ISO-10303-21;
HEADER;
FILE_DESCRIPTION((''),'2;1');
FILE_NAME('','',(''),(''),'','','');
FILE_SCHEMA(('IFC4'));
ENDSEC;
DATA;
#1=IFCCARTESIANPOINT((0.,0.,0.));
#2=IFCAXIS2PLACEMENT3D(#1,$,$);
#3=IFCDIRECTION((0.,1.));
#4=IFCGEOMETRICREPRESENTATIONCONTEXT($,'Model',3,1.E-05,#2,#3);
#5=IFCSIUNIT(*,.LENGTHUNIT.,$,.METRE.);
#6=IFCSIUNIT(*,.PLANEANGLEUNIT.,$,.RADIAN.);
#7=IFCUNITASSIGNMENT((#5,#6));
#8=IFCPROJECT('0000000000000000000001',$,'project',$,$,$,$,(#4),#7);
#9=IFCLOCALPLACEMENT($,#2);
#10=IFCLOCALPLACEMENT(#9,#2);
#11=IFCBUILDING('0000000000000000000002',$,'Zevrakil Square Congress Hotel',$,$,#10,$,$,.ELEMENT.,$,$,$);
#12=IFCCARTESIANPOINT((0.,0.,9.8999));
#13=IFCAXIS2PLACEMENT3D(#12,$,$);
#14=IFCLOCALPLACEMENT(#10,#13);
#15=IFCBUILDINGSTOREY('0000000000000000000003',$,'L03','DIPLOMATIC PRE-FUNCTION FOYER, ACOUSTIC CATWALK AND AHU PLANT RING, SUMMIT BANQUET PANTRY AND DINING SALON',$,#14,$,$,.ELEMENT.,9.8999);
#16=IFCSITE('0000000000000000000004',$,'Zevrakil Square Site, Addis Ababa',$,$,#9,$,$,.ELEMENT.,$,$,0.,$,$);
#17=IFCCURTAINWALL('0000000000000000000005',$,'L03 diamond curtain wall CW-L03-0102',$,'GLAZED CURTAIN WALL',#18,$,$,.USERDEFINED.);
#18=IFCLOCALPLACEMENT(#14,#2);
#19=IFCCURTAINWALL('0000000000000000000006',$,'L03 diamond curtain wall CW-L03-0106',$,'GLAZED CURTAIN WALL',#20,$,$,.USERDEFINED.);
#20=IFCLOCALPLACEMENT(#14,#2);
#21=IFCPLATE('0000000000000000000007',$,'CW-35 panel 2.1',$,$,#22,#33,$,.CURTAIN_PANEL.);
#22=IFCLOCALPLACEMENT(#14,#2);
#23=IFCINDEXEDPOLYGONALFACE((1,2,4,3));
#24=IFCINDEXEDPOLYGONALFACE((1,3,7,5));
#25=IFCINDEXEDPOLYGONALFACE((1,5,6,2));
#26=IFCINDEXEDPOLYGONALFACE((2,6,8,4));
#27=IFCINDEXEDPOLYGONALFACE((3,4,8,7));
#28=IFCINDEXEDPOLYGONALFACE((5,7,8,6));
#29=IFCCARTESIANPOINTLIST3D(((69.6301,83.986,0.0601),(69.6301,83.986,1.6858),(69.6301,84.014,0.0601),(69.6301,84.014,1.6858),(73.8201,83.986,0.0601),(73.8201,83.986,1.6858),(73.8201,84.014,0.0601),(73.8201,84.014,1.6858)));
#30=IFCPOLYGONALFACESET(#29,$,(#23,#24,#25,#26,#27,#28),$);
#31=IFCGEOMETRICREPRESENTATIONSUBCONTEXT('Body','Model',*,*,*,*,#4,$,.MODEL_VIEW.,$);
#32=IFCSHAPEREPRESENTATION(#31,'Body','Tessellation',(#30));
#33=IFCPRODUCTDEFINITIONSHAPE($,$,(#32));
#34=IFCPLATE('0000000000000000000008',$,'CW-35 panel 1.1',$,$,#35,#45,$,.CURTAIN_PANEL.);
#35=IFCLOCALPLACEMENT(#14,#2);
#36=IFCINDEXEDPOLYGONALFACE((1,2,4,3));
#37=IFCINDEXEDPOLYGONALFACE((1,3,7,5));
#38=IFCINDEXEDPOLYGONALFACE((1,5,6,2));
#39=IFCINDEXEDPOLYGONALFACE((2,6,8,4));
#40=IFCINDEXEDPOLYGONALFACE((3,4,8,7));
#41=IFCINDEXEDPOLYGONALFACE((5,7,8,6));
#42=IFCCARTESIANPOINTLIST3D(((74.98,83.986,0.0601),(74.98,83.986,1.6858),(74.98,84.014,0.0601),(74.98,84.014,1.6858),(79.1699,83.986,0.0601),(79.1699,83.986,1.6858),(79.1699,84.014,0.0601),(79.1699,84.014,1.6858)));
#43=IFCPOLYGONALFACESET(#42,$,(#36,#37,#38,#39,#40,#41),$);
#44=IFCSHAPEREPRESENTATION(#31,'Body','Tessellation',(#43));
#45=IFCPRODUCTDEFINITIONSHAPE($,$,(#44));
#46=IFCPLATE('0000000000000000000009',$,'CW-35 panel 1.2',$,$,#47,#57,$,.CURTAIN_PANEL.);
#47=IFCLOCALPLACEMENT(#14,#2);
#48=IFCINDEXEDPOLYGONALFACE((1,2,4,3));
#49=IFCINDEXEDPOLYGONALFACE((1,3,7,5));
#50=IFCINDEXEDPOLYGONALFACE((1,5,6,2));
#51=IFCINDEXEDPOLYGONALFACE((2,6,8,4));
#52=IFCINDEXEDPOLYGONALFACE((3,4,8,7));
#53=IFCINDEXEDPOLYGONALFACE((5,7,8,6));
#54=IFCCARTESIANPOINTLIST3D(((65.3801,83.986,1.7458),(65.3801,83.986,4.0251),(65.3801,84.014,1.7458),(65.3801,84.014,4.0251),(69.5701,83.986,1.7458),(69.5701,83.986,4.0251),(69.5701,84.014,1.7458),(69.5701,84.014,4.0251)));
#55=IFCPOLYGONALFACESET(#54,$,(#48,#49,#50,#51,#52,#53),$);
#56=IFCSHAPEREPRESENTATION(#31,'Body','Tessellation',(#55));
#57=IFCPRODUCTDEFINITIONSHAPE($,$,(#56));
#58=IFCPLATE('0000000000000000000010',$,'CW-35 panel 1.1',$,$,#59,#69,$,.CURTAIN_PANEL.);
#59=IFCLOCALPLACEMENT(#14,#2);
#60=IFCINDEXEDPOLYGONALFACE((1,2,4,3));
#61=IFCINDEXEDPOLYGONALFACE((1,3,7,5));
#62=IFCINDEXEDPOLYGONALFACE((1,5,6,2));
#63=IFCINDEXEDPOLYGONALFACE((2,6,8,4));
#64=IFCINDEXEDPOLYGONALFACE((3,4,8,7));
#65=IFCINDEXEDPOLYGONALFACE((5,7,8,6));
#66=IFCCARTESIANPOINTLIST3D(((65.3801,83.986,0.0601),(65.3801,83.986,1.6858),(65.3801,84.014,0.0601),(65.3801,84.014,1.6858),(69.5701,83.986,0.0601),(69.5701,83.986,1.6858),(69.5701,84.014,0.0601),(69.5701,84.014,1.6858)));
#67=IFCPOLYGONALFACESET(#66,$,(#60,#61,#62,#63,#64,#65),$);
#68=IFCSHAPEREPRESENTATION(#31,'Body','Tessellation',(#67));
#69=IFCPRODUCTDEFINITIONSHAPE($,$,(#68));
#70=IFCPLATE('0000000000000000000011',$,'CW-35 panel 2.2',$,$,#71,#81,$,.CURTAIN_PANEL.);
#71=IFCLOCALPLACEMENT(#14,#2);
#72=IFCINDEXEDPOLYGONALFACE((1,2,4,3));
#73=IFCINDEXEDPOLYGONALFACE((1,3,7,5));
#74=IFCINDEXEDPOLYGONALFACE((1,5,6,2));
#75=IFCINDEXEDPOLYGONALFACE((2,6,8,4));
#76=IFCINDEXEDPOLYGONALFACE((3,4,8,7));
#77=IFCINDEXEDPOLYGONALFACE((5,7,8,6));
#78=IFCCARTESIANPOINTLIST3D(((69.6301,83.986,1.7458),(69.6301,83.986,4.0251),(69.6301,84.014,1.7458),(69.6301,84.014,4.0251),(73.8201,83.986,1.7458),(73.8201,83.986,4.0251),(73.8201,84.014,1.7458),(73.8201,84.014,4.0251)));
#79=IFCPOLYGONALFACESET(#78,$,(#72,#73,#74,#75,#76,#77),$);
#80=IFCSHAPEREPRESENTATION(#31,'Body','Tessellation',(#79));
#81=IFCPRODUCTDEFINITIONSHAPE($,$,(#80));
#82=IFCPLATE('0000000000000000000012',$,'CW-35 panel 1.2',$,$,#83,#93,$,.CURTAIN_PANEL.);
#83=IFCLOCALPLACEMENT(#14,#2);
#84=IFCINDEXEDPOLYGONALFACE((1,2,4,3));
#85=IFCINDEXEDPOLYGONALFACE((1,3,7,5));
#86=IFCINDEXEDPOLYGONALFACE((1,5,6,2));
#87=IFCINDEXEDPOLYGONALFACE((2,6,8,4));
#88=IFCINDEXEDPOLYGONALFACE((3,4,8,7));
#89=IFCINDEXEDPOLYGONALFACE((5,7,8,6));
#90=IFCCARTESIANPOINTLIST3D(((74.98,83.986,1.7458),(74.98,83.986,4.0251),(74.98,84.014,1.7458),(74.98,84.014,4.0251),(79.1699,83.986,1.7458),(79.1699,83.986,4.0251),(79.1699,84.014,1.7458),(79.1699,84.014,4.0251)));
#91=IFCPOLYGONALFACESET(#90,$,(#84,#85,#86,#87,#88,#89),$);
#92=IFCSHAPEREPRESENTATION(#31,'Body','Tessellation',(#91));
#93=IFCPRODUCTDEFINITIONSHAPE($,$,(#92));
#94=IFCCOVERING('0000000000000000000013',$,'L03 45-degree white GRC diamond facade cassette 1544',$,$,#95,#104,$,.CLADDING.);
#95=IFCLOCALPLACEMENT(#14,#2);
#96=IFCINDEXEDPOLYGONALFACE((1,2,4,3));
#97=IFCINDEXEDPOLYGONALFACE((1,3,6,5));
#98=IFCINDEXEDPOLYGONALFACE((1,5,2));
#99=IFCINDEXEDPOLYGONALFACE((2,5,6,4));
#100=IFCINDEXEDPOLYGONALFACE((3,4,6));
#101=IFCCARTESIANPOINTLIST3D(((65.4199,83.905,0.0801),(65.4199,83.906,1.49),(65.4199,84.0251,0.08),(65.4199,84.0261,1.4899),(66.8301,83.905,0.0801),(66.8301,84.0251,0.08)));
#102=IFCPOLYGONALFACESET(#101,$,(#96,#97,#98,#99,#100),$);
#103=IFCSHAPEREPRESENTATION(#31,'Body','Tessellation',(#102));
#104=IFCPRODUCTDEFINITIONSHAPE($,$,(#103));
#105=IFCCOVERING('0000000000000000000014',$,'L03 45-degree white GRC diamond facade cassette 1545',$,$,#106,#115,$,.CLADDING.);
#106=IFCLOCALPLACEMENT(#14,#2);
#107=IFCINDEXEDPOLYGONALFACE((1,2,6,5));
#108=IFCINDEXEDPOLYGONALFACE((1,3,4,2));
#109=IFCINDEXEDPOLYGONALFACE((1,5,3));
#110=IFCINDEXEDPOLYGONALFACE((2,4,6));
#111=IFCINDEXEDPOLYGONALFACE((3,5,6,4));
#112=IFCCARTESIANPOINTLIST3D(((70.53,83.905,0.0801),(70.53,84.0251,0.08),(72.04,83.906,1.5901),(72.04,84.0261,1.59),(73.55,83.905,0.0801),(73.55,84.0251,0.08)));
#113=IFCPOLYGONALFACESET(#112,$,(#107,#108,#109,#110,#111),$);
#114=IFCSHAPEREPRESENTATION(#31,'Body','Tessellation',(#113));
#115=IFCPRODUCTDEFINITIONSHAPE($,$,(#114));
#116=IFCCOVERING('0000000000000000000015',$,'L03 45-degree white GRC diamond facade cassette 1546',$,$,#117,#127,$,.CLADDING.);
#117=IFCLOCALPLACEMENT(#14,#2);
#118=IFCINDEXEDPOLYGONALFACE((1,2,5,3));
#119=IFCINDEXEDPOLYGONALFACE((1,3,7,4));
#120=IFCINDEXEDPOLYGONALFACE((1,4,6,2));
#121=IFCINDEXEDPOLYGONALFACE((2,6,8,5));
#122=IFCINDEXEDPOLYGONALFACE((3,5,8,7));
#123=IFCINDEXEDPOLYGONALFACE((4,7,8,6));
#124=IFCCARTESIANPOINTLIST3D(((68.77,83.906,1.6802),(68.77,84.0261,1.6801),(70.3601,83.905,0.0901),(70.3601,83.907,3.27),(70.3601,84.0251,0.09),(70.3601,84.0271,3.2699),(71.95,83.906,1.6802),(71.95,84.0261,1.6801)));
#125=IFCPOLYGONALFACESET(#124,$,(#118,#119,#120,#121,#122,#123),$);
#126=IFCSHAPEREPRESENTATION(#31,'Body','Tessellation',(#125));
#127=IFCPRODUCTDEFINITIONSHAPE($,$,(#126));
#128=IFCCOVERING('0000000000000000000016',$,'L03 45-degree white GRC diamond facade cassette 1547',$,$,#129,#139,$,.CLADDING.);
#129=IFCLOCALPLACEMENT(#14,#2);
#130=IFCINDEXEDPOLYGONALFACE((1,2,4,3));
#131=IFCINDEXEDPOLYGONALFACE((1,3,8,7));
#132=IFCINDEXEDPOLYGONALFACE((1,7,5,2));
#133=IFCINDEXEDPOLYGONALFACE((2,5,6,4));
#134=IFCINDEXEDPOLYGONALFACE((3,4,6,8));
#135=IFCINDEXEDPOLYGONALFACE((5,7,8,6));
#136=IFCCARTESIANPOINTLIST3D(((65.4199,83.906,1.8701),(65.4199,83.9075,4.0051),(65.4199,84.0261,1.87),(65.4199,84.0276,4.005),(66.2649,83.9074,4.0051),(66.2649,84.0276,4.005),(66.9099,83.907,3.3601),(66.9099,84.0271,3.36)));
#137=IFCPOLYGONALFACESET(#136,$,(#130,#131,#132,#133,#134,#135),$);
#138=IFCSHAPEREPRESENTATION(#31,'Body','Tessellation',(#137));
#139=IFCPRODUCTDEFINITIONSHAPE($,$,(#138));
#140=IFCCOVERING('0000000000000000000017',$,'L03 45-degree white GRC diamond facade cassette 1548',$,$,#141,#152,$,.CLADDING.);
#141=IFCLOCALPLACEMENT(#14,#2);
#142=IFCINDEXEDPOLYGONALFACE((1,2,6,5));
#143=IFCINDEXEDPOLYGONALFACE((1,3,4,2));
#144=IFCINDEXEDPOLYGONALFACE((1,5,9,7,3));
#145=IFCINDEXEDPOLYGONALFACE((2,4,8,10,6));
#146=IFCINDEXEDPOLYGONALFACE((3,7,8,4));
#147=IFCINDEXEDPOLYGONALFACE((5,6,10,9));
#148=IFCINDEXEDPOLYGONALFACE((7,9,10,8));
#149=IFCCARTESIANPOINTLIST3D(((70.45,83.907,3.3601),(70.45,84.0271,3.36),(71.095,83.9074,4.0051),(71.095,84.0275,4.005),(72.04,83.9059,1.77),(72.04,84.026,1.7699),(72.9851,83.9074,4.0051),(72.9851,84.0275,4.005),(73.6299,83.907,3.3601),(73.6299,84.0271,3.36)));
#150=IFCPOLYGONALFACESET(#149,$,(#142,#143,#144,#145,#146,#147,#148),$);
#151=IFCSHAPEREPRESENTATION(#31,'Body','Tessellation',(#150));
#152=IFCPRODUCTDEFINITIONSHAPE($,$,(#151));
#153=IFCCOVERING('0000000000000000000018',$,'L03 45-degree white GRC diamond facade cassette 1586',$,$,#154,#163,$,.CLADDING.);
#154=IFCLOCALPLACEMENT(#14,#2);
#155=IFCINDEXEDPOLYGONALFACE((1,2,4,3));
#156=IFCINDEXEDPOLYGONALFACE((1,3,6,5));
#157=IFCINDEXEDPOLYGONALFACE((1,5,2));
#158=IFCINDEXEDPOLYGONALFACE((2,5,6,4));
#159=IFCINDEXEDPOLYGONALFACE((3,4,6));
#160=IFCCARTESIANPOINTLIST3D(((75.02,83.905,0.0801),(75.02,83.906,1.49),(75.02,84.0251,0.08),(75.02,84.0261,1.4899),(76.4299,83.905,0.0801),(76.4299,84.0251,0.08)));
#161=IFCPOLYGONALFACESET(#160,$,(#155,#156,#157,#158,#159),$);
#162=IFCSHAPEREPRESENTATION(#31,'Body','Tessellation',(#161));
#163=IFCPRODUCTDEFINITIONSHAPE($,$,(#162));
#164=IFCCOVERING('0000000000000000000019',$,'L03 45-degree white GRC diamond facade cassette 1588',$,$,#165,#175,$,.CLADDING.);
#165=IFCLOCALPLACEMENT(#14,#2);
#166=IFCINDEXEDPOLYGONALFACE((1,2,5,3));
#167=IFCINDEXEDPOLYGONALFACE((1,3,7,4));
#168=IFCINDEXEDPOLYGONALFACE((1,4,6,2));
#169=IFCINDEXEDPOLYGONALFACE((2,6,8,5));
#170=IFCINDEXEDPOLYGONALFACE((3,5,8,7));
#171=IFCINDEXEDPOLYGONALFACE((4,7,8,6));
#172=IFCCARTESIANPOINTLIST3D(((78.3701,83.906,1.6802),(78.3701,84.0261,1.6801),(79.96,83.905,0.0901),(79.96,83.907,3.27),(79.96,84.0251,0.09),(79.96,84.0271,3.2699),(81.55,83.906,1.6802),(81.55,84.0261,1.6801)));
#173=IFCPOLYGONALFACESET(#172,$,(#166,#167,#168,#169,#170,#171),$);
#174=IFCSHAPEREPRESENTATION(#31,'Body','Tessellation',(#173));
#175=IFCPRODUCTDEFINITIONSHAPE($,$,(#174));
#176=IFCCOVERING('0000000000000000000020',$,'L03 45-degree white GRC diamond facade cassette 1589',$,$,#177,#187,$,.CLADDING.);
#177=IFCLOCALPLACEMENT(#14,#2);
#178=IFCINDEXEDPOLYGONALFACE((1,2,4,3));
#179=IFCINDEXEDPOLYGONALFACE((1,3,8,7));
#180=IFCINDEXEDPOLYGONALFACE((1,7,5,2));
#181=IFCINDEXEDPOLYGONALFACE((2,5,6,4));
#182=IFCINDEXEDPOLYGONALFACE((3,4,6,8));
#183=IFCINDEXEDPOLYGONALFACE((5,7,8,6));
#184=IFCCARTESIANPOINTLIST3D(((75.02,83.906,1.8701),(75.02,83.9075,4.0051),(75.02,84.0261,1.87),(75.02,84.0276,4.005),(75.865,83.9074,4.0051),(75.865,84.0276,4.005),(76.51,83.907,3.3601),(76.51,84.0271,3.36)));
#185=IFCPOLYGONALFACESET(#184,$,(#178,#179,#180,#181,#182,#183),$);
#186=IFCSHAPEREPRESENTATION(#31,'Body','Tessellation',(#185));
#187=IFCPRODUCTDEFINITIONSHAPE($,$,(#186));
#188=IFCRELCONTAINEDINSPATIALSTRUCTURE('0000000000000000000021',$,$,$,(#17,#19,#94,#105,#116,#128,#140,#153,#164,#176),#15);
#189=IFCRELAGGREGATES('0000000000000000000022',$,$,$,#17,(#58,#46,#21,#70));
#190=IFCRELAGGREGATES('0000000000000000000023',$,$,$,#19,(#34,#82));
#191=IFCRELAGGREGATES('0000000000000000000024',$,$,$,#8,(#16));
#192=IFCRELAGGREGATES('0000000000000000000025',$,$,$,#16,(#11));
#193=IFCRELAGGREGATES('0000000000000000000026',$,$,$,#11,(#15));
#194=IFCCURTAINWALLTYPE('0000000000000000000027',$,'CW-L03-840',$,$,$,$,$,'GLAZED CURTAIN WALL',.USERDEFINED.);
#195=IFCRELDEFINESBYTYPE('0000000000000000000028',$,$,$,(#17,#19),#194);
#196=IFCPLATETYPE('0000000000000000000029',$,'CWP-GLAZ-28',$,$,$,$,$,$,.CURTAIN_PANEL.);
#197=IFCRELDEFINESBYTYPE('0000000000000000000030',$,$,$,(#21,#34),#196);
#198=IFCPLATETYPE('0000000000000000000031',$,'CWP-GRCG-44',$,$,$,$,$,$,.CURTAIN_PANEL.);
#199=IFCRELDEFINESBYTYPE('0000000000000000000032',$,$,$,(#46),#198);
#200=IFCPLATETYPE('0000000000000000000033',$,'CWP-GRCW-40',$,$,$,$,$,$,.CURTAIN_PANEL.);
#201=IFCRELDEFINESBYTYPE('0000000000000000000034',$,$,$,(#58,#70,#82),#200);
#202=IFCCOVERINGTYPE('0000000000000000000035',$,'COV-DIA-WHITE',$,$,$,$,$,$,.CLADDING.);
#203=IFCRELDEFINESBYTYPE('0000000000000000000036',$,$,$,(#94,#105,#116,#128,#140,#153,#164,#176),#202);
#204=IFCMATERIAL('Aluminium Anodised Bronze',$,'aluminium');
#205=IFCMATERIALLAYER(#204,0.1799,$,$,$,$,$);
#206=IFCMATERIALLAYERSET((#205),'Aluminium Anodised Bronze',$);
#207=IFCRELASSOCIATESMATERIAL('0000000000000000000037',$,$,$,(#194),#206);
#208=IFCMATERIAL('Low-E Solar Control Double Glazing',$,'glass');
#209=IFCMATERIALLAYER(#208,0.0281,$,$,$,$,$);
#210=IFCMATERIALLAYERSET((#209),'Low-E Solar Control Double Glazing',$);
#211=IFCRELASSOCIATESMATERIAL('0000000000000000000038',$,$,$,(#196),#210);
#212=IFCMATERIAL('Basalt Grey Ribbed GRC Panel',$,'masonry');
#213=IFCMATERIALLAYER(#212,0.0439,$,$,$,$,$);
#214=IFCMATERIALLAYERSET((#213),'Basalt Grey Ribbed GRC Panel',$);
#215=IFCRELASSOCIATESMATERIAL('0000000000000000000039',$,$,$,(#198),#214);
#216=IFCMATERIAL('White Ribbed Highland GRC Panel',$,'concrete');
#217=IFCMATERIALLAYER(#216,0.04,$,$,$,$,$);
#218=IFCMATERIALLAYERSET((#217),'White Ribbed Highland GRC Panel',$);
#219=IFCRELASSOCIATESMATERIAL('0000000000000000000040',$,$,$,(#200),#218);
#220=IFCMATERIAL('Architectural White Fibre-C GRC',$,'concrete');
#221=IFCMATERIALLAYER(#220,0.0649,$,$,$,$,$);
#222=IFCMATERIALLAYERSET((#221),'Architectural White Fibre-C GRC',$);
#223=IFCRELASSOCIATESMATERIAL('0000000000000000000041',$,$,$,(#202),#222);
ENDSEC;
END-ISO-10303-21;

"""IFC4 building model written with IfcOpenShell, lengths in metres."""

from ifc_helpers import new_model, si_unit, direction, frame, origin, origin_2d, place, context, subcontext, project, spatial, polyline, rectangle, outline, extrude, material, layer, layer_set, type_object, element, aggregate, save


model = new_model("IFC4")

# Units and contexts
model_context = context("Model", 3, precision=1e-05, world=origin(), true_north=direction((0.0, 1.0)))
body_context = subcontext(model_context, "Body", "Model", "MODEL_VIEW")
ifc_project = project(units=[si_unit("LENGTHUNIT", "METRE"), si_unit("PLANEANGLEUNIT", "RADIAN")], contexts=[model_context])

# Site, building, storey
site_placement = place(None, origin())
site = spatial("IfcSite", under=ifc_project, at=site_placement, Name="Zevrakil Square Site, Addis Ababa", CompositionType="ELEMENT", RefElevation=0.0)
building_placement = place(site_placement, origin())
building = spatial("IfcBuilding", under=site, at=building_placement, Name="Zevrakil Square Congress Hotel", CompositionType="ELEMENT")
storey_placement = place(building_placement, frame((0.0, 0.0, 9.8999)))
storey = spatial("IfcBuildingStorey", under=building, at=storey_placement, Name="L03", Description="DIPLOMATIC PRE-FUNCTION FOYER, ACOUSTIC CATWALK AND AHU PLANT RING, SUMMIT BANQUET PANTRY AND DINING SALON", CompositionType="ELEMENT", Elevation=9.8999)

# Curtain walls
ifc_material_1 = material(Name="Aluminium Anodised Bronze", Category="aluminium")
ifc_layer_1 = layer(ifc_material_1, 0.1799)
ifc_layer_set_1 = layer_set([ifc_layer_1], Name="Aluminium Anodised Bronze")
curtain_wall_type = type_object("IfcCurtainWallType", Name="CW-L03-840", ElementType="GLAZED CURTAIN WALL", PredefinedType="USERDEFINED", material=ifc_layer_set_1)
curtain_wall_1_placement = place(storey_placement, origin())
curtain_wall_1 = element("IfcCurtainWall", 1, at=curtain_wall_1_placement, inside=storey, type_object=curtain_wall_type, Name="L03 diamond curtain wall CW-L03-0102", ObjectType="GLAZED CURTAIN WALL", PredefinedType="USERDEFINED")
curtain_wall_2_placement = place(storey_placement, origin())
curtain_wall_2 = element("IfcCurtainWall", 2, at=curtain_wall_2_placement, inside=storey, type_object=curtain_wall_type, Name="L03 diamond curtain wall CW-L03-0106", ObjectType="GLAZED CURTAIN WALL", PredefinedType="USERDEFINED")

# Plates
ifc_material_2 = material(Name="Low-E Solar Control Double Glazing", Category="glass")
ifc_layer_2 = layer(ifc_material_2, 0.0281)
ifc_layer_set_2 = layer_set([ifc_layer_2], Name="Low-E Solar Control Double Glazing")
plate_type_1 = type_object("IfcPlateType", Name="CWP-GLAZ-28", PredefinedType="CURTAIN_PANEL", material=ifc_layer_set_2)
plate_1_placement = place(storey_placement, frame((71.7251, 84.0, 0.0601), z_axis=(0.0, 0.0, 1.0), x_axis=(1.0, 0.0, 0.0)))
plate_1 = element("IfcPlate", 3, at=plate_1_placement, type_object=plate_type_1, Name="CW-35 panel 2.1", PredefinedType="CURTAIN_PANEL", context=body_context, shape_type="SweptSolid", body=[
    extrude(rectangle(XDim=4.1899, YDim=0.0281, at=origin_2d()), origin(), (0.0, 0.0, 1.0), 1.6257),
])
plate_2_placement = place(storey_placement, frame((77.075, 84.0, 0.0601), z_axis=(0.0, 0.0, 1.0), x_axis=(1.0, 0.0, 0.0)))
plate_2 = element("IfcPlate", 4, at=plate_2_placement, type_object=plate_type_1, Name="CW-35 panel 1.1", PredefinedType="CURTAIN_PANEL", context=body_context, shape_type="SweptSolid", body=[
    extrude(rectangle(XDim=4.1899, YDim=0.0281, at=origin_2d()), origin(), (0.0, 0.0, 1.0), 1.6257),
])
ifc_material_3 = material(Name="Basalt Grey Ribbed GRC Panel", Category="masonry")
ifc_layer_3 = layer(ifc_material_3, 0.0439)
ifc_layer_set_3 = layer_set([ifc_layer_3], Name="Basalt Grey Ribbed GRC Panel")
plate_type_2 = type_object("IfcPlateType", Name="CWP-GRCG-44", PredefinedType="CURTAIN_PANEL", material=ifc_layer_set_3)
plate_3_placement = place(storey_placement, frame((67.4751, 84.0, 1.7458), z_axis=(0.0, 0.0, 1.0), x_axis=(1.0, 0.0, 0.0)))
plate_3 = element("IfcPlate", 5, at=plate_3_placement, type_object=plate_type_2, Name="CW-35 panel 1.2", PredefinedType="CURTAIN_PANEL", context=body_context, shape_type="SweptSolid", body=[
    extrude(rectangle(XDim=4.1899, YDim=0.0281, at=origin_2d()), origin(), (0.0, 0.0, 1.0), 2.2793),
])
ifc_material_4 = material(Name="White Ribbed Highland GRC Panel", Category="concrete")
ifc_layer_4 = layer(ifc_material_4, 0.04)
ifc_layer_set_4 = layer_set([ifc_layer_4], Name="White Ribbed Highland GRC Panel")
plate_type_3 = type_object("IfcPlateType", Name="CWP-GRCW-40", PredefinedType="CURTAIN_PANEL", material=ifc_layer_set_4)
plate_4_placement = place(storey_placement, frame((67.4751, 84.0, 0.0601), z_axis=(0.0, 0.0, 1.0), x_axis=(1.0, 0.0, 0.0)))
plate_4 = element("IfcPlate", 6, at=plate_4_placement, type_object=plate_type_3, Name="CW-35 panel 1.1", PredefinedType="CURTAIN_PANEL", context=body_context, shape_type="SweptSolid", body=[
    extrude(rectangle(XDim=4.1899, YDim=0.0281, at=origin_2d()), origin(), (0.0, 0.0, 1.0), 1.6257),
])
plate_5_placement = place(storey_placement, frame((71.7251, 84.0, 1.7458), z_axis=(0.0, 0.0, 1.0), x_axis=(1.0, 0.0, 0.0)))
plate_5 = element("IfcPlate", 7, at=plate_5_placement, type_object=plate_type_3, Name="CW-35 panel 2.2", PredefinedType="CURTAIN_PANEL", context=body_context, shape_type="SweptSolid", body=[
    extrude(rectangle(XDim=4.1899, YDim=0.0281, at=origin_2d()), origin(), (0.0, 0.0, 1.0), 2.2793),
])
aggregate(curtain_wall_1, [plate_4, plate_3, plate_1, plate_5])
plate_6_placement = place(storey_placement, frame((77.075, 84.0, 1.7458), z_axis=(0.0, 0.0, 1.0), x_axis=(1.0, 0.0, 0.0)))
plate_6 = element("IfcPlate", 8, at=plate_6_placement, type_object=plate_type_3, Name="CW-35 panel 1.2", PredefinedType="CURTAIN_PANEL", context=body_context, shape_type="SweptSolid", body=[
    extrude(rectangle(XDim=4.1899, YDim=0.0281, at=origin_2d()), origin(), (0.0, 0.0, 1.0), 2.2793),
])
aggregate(curtain_wall_2, [plate_2, plate_6])

# Coverings
ifc_material_5 = material(Name="Architectural White Fibre-C GRC", Category="concrete")
ifc_layer_5 = layer(ifc_material_5, 0.0649)
ifc_layer_set_5 = layer_set([ifc_layer_5], Name="Architectural White Fibre-C GRC")
covering_type_1 = type_object("IfcCoveringType", Name="COV-DIA-WHITE", PredefinedType="CLADDING", material=ifc_layer_set_5)
covering_1_placement = place(storey_placement, frame((66.8301, 83.905, 0.0801), z_axis=(0.0, -1.0, 0.000693), x_axis=(-1.0, 0.0, 0.0)))
element("IfcCovering", 9, at=covering_1_placement, inside=storey, type_object=covering_type_1, Name="L03 45-degree white GRC diamond facade cassette 1544", PredefinedType="CLADDING", context=body_context, shape_type="SweptSolid", body=[
    extrude(outline(polyline([(0.0, 0.0), (1.4102, 0.0), (1.4102, -1.4099), (0.0, 0.0)])), origin(), (0.0, 0.0, -1.0), 0.1201),
])
covering_2_placement = place(storey_placement, frame((72.04, 83.906, 1.5901), z_axis=(0.0, -1.0, 0.000647), x_axis=(0.707107, -0.000457, -0.707107)))
element("IfcCovering", 10, at=covering_2_placement, inside=storey, type_object=covering_type_1, Name="L03 45-degree white GRC diamond facade cassette 1545", PredefinedType="CLADDING", context=body_context, shape_type="SweptSolid", body=[
    extrude(outline(polyline([(0.0, 0.0), (2.1355, 0.0), (0.0, -2.1355), (0.0, 0.0)])), origin(), (0.0, 0.0, -1.0), 0.1201),
])
covering_3_placement = place(storey_placement, frame((70.3601, 83.907, 3.27), z_axis=(0.0, -1.0, 0.000614), x_axis=(0.707107, -0.000434, -0.707107)))
element("IfcCovering", 11, at=covering_3_placement, inside=storey, type_object=covering_type_1, Name="L03 45-degree white GRC diamond facade cassette 1546", PredefinedType="CLADDING", context=body_context, shape_type="SweptSolid", body=[
    extrude(outline(polyline([(0.0, 0.0), (2.2484, 0.0), (2.2486, -2.2486), (-0.0002, -2.2486), (0.0, 0.0)])), origin(), (0.0, 0.0, -1.0), 0.1201),
])
covering_4_placement = place(storey_placement, frame((66.9099, 83.907, 3.3601), z_axis=(-0.000026, -1.0, 0.000696), x_axis=(-0.707107, -0.000474, -0.707107)))
element("IfcCovering", 12, at=covering_4_placement, inside=storey, type_object=covering_type_1, Name="L03 45-degree white GRC diamond facade cassette 1547", PredefinedType="CLADDING", context=body_context, shape_type="SweptSolid", body=[
    extrude(outline(polyline([(0.0, 0.0), (2.1072, 0.0), (0.5975, -1.5097), (0.0, -0.9122), (0.0, 0.0)])), origin(), (0.0, 0.0, -1.0), 0.1201),
])
covering_5_placement = place(storey_placement, frame((73.6299, 83.907, 3.3601), z_axis=(0.0, -1.0, 0.00067), x_axis=(-0.707052, -0.000474, -0.707161)))
element("IfcCovering", 13, at=covering_5_placement, inside=storey, type_object=covering_type_1, Name="L03 45-degree white GRC diamond facade cassette 1548", PredefinedType="CLADDING", context=body_context, shape_type="SweptSolid", body=[
    extrude(outline(polyline([(0.0, 0.0), (2.2486, 0.0), (2.2484, -2.2487), (1.3362, -2.2487), (-0.0002, -0.912), (0.0, 0.0)])), origin(), (0.0, 0.0, -1.0), 0.1201),
])
covering_6_placement = place(storey_placement, frame((76.4299, 83.905, 0.0801), z_axis=(0.0, -1.0, 0.000693), x_axis=(-1.0, 0.0, 0.0)))
element("IfcCovering", 14, at=covering_6_placement, inside=storey, type_object=covering_type_1, Name="L03 45-degree white GRC diamond facade cassette 1586", PredefinedType="CLADDING", context=body_context, shape_type="SweptSolid", body=[
    extrude(outline(polyline([(0.0, 0.0), (1.4099, 0.0), (1.4099, -1.4099), (0.0, 0.0)])), origin(), (0.0, 0.0, -1.0), 0.1201),
])
covering_7_placement = place(storey_placement, frame((79.96, 83.907, 3.27), z_axis=(0.0, -1.0, 0.000614), x_axis=(0.707161, -0.000434, -0.707052)))
element("IfcCovering", 15, at=covering_7_placement, inside=storey, type_object=covering_type_1, Name="L03 45-degree white GRC diamond facade cassette 1588", PredefinedType="CLADDING", context=body_context, shape_type="SweptSolid", body=[
    extrude(outline(polyline([(0.0, 0.0), (2.2486, 0.0), (2.2484, -2.2487), (-0.0002, -2.2484), (0.0, 0.0)])), origin(), (0.0, 0.0, -1.0), 0.1201),
])
covering_8_placement = place(storey_placement, frame((76.51, 83.907, 3.3601), z_axis=(-0.000026, -1.0, 0.000696), x_axis=(-0.707107, -0.000474, -0.707107)))
element("IfcCovering", 16, at=covering_8_placement, inside=storey, type_object=covering_type_1, Name="L03 45-degree white GRC diamond facade cassette 1589", PredefinedType="CLADDING", context=body_context, shape_type="SweptSolid", body=[
    extrude(outline(polyline([(0.0, 0.0), (2.1072, 0.0), (0.5975, -1.5097), (0.0, -0.9122), (0.0, 0.0)])), origin(), (0.0, 0.0, -1.0), 0.1201),
])

save(model, "model.ifc")
